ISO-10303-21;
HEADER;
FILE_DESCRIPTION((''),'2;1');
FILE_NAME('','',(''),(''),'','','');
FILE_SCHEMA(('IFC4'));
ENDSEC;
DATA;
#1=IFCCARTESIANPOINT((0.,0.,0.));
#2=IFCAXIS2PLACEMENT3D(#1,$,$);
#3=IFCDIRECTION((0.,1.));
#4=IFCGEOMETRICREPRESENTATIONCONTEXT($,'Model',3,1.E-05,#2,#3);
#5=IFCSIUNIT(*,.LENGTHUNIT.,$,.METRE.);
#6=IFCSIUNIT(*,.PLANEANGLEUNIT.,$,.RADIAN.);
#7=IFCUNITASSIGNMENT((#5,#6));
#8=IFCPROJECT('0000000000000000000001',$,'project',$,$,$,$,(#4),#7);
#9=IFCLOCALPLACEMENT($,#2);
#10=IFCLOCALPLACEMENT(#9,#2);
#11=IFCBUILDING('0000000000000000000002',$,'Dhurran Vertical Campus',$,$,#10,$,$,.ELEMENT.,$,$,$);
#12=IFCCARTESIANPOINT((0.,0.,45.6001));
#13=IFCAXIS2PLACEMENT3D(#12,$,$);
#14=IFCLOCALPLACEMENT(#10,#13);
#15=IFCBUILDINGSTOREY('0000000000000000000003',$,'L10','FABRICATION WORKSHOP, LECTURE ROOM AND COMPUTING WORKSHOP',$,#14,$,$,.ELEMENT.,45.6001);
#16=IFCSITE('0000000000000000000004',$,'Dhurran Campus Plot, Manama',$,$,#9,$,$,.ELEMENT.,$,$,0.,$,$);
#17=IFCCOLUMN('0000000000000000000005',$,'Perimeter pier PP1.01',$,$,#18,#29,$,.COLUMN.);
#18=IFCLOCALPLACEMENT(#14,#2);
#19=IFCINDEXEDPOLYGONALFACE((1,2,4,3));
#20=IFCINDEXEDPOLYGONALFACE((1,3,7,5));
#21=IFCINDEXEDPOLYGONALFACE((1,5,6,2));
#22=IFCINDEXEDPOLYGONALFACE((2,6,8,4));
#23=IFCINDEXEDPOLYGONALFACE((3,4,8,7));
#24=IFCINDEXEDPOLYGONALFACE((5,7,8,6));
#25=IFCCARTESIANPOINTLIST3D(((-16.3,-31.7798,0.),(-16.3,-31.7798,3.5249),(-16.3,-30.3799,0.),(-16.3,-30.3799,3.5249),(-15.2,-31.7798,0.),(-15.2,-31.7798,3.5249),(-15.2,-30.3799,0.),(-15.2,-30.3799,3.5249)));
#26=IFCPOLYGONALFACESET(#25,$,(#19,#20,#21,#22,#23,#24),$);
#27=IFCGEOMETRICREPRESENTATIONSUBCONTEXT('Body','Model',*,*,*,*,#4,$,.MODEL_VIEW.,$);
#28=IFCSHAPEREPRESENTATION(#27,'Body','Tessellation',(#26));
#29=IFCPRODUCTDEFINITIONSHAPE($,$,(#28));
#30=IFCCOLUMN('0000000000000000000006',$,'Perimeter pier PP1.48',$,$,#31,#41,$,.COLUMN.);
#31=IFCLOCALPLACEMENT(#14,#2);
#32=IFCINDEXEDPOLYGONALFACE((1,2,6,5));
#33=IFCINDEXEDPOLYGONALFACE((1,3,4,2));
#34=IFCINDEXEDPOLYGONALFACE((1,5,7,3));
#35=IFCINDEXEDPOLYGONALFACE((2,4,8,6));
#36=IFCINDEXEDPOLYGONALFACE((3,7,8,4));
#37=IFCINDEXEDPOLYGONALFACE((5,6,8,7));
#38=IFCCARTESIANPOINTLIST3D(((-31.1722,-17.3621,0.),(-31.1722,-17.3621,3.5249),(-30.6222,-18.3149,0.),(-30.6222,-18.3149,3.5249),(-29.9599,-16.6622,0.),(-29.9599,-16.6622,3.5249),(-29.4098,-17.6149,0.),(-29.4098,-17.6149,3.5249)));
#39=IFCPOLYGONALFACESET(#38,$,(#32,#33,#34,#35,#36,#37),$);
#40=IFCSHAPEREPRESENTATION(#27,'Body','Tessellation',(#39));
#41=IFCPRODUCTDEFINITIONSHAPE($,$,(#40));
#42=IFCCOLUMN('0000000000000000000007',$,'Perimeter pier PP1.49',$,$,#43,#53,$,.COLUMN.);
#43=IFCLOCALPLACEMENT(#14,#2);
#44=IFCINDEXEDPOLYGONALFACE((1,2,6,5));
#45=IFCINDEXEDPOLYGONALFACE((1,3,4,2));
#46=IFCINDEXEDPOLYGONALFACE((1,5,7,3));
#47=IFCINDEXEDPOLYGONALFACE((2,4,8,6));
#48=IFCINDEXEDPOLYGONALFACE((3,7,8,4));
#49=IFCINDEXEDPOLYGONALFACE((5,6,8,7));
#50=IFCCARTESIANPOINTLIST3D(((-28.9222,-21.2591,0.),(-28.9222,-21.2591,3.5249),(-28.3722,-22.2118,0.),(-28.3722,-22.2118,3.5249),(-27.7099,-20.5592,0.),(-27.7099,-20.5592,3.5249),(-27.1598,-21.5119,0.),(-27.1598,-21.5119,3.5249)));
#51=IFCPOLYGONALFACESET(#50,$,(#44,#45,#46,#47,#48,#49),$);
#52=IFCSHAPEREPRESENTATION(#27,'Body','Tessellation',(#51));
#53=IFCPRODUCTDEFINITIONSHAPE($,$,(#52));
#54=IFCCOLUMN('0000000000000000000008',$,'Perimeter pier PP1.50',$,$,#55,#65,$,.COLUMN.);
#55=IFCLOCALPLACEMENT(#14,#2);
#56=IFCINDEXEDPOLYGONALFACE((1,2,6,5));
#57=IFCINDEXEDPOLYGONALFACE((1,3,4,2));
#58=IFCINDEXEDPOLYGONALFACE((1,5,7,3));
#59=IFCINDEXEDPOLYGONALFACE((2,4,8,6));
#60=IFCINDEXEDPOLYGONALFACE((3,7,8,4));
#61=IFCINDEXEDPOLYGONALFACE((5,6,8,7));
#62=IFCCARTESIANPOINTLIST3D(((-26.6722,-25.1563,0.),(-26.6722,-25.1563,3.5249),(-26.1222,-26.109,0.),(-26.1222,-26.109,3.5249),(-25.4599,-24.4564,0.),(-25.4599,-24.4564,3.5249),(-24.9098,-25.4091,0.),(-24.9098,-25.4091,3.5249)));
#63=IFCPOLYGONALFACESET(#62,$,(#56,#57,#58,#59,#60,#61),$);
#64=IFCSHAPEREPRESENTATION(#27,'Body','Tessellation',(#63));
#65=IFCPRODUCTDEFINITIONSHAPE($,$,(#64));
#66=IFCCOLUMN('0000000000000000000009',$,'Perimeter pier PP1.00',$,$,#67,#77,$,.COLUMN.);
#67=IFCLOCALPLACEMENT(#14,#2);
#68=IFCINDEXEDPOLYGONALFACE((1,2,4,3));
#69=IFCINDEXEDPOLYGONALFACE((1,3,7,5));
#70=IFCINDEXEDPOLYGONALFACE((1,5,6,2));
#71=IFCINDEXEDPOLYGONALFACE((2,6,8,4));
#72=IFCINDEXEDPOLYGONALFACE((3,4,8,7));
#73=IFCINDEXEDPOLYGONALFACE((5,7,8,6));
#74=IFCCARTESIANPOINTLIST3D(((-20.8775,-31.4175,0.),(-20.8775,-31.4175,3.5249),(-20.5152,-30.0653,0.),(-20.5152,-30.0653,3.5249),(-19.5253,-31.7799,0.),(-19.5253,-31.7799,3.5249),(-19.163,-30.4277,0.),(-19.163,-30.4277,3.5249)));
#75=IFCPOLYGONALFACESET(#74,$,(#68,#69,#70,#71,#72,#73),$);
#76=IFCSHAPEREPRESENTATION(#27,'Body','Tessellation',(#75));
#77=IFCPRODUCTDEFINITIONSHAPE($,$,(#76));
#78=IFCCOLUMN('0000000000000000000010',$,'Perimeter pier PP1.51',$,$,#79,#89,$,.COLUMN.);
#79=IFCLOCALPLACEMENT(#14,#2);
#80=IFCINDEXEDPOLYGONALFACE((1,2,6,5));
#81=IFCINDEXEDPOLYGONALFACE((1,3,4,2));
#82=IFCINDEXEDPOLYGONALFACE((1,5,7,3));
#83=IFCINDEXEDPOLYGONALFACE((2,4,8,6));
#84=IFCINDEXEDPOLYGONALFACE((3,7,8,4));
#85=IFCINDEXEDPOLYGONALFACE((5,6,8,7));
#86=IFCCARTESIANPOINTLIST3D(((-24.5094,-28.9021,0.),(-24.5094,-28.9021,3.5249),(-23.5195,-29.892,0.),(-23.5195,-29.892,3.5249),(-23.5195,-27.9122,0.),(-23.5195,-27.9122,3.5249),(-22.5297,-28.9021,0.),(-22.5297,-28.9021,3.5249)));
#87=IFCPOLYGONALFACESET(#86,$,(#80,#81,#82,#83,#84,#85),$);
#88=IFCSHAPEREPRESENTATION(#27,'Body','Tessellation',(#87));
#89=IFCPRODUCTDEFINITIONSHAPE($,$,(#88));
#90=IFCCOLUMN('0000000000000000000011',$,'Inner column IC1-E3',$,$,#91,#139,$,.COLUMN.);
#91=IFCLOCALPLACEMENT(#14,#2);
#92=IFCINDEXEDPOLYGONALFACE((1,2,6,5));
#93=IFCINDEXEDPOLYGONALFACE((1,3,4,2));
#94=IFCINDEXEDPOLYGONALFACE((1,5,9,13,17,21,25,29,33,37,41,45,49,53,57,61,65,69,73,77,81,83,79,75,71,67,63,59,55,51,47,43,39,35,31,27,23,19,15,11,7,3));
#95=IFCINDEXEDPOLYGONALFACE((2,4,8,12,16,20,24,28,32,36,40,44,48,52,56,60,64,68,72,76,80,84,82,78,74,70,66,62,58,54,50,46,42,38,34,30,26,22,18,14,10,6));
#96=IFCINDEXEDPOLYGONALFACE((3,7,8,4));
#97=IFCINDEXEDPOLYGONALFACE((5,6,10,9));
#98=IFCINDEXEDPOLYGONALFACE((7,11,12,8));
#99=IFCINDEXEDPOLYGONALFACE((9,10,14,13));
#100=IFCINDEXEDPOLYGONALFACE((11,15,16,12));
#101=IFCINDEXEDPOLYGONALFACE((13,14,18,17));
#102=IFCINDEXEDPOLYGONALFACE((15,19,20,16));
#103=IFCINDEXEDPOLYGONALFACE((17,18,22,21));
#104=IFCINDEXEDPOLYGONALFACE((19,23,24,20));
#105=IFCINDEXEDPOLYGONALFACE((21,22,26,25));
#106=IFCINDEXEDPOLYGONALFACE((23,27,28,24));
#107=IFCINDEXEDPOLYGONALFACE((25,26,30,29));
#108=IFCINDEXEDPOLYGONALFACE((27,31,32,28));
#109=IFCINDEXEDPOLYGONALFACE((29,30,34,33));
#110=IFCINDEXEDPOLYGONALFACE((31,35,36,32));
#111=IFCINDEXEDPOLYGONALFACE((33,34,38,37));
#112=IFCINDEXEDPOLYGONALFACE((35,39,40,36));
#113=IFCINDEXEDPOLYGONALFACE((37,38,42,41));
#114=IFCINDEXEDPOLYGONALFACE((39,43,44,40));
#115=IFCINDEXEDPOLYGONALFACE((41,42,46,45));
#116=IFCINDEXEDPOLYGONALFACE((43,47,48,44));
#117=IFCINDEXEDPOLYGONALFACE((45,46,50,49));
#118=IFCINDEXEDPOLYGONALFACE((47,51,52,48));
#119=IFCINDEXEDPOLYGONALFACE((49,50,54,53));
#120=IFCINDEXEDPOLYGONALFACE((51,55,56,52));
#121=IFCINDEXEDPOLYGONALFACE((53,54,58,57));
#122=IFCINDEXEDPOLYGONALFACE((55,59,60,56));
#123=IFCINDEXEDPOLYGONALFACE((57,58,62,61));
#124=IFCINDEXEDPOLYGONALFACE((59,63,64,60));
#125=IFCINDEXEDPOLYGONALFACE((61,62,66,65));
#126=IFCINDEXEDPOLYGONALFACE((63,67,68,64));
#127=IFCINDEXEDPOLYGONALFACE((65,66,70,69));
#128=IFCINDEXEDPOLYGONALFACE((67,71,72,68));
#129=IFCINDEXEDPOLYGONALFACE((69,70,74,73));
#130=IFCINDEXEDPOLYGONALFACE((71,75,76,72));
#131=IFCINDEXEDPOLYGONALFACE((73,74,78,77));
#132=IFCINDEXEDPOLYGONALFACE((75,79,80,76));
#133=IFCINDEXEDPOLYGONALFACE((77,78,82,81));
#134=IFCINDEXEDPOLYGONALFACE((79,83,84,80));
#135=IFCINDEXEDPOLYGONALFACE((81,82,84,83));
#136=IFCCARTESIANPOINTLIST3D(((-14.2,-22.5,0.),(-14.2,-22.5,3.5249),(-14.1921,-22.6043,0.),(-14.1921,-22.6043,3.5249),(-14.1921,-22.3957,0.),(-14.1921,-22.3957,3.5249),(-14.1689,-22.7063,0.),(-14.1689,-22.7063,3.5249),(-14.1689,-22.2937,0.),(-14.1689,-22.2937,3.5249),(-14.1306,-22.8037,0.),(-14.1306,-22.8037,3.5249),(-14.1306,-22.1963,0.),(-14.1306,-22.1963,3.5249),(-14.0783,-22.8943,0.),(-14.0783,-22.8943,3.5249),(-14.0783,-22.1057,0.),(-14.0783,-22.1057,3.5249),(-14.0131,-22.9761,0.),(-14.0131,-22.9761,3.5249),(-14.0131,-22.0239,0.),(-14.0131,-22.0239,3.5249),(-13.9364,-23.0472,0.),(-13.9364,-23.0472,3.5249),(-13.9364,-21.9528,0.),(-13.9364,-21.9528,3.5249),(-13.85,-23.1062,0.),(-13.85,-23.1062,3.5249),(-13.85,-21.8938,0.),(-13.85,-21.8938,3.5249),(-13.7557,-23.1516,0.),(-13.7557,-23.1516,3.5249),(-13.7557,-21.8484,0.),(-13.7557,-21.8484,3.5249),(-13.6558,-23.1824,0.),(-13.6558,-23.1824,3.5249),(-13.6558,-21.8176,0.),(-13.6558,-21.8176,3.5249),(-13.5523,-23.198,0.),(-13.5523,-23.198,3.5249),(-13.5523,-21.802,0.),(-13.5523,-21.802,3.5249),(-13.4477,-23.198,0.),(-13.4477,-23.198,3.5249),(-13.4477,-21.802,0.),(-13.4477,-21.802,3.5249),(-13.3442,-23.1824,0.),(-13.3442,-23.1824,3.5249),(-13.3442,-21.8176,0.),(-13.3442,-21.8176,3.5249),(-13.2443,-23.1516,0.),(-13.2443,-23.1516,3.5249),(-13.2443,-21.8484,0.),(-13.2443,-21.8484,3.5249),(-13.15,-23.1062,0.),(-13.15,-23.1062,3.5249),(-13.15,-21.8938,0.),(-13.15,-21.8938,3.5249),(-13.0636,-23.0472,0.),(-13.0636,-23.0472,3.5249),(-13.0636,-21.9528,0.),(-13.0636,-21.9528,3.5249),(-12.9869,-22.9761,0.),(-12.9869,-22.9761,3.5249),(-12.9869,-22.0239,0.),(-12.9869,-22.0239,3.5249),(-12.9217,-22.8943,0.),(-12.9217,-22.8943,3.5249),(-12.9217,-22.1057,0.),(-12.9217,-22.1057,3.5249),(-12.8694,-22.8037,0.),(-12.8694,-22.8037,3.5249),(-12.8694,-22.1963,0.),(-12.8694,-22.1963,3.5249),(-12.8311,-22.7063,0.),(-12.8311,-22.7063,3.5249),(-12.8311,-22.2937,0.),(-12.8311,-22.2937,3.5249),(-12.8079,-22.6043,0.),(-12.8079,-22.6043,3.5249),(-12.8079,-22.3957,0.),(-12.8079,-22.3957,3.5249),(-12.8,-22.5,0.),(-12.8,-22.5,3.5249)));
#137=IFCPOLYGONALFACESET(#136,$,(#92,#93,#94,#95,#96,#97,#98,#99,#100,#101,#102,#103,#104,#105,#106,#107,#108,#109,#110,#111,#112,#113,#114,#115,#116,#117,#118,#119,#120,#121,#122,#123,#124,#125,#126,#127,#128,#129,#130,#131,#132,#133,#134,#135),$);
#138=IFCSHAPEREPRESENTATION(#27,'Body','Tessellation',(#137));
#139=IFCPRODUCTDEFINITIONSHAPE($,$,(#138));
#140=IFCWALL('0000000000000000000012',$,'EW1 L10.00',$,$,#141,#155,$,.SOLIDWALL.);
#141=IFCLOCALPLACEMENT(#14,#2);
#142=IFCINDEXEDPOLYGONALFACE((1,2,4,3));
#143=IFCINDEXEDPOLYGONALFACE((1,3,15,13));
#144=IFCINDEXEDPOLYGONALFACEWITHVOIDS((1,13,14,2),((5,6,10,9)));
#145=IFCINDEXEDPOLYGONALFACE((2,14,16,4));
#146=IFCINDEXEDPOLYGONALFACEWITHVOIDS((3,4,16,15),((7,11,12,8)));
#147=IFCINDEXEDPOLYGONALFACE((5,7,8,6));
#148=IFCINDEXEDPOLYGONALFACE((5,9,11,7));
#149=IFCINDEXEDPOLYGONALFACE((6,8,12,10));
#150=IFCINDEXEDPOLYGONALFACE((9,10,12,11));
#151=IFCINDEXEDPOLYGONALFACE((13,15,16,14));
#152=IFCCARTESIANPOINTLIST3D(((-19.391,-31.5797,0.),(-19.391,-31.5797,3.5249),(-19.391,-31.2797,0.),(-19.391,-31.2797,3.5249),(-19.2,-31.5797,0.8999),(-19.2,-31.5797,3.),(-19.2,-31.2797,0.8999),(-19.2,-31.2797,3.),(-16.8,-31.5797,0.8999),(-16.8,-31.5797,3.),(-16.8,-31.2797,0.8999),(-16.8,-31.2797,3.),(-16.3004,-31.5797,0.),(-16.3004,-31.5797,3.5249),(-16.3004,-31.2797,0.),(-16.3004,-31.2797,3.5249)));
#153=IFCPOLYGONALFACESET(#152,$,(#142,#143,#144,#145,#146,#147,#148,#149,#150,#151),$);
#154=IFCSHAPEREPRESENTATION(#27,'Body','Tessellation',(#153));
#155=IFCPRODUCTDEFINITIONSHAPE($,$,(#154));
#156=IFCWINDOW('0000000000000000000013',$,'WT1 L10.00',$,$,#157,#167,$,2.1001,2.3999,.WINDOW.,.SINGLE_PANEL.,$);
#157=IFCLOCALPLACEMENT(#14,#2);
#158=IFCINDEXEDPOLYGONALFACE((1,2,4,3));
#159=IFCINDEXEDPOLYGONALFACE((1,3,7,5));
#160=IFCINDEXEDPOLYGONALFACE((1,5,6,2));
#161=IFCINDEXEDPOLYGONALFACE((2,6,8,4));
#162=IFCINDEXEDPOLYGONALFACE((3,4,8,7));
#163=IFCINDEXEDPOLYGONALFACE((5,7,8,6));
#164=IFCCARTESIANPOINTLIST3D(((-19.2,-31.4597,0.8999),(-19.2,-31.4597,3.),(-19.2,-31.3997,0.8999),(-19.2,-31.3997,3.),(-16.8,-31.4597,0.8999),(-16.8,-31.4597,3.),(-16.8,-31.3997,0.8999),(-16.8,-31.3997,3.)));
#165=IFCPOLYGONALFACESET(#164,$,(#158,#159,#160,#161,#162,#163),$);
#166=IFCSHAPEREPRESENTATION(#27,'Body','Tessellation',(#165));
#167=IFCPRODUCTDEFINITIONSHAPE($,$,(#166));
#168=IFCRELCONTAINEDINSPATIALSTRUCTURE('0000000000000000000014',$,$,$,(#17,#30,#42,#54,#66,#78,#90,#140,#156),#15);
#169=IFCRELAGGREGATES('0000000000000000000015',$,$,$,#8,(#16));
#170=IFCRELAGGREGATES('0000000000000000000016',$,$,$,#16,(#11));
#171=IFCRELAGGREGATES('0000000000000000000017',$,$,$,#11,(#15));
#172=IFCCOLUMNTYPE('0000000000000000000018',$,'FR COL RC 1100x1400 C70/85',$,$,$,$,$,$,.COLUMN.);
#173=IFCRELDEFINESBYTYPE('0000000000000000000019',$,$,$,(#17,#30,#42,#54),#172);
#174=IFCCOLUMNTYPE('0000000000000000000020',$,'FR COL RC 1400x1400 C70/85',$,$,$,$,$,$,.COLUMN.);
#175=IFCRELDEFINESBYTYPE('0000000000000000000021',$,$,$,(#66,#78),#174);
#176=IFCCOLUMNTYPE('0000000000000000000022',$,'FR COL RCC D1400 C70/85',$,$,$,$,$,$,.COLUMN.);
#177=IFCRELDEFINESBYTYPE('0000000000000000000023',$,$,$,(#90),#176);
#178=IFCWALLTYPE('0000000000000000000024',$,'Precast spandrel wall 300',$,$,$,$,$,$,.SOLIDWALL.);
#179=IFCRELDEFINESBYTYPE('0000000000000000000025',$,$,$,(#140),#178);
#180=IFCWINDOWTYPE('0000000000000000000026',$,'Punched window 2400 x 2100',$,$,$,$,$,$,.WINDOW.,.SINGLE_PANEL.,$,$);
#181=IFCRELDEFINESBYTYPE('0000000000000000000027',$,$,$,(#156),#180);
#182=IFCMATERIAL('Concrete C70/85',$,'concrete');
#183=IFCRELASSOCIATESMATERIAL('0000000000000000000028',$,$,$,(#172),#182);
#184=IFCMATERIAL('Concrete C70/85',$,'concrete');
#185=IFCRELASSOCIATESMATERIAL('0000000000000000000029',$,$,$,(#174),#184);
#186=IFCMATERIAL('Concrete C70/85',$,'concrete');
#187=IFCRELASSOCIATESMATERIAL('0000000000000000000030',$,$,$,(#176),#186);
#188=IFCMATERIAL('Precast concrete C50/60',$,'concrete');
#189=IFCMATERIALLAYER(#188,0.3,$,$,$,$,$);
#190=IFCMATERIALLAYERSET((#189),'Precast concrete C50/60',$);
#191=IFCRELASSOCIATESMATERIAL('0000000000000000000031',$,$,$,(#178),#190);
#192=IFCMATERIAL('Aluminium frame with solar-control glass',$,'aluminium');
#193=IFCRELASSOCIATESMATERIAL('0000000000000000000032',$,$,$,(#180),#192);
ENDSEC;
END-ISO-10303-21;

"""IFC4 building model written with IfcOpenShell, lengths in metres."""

from ifc_helpers import new_model, si_unit, direction, frame, frame_2d, origin, origin_2d, place, context, subcontext, project, spatial, rectangle, circle, extrude, material, layer, layer_set, material_profile, profile_set, type_object, element, fill, save


model = new_model("IFC4")

# Units and contexts
model_context = context("Model", 3, precision=1e-05, world=origin(), true_north=direction((0.0, 1.0)))
body_context = subcontext(model_context, "Body", "Model", "MODEL_VIEW")
ifc_project = project(units=[si_unit("LENGTHUNIT", "METRE"), si_unit("PLANEANGLEUNIT", "RADIAN")], contexts=[model_context])

# Site, building, storey
site_placement = place(None, origin())
site = spatial("IfcSite", under=ifc_project, at=site_placement, Name="Dhurran Campus Plot, Manama", CompositionType="ELEMENT", RefElevation=0.0)
building_placement = place(site_placement, origin())
building = spatial("IfcBuilding", under=site, at=building_placement, Name="Dhurran Vertical Campus", CompositionType="ELEMENT")
storey_placement = place(building_placement, frame((0.0, 0.0, 45.6001)))
storey = spatial("IfcBuildingStorey", under=building, at=storey_placement, Name="L10", Description="FABRICATION WORKSHOP, LECTURE ROOM AND COMPUTING WORKSHOP", CompositionType="ELEMENT", Elevation=45.6001)

# Columns
ifc_material_1 = material(Name="Concrete C70/85", Category="concrete")
ifc_material_profile_1 = material_profile(ifc_material_1, rectangle(XDim=1.1001, YDim=1.3999, at=origin_2d()), Name="RC 1100x1400")
ifc_profile_set_1 = profile_set([ifc_material_profile_1], Name="Concrete C70/85")
column_type_1 = type_object("IfcColumnType", Name="FR COL RC 1100x1400 C70/85", PredefinedType="COLUMN", material=ifc_profile_set_1)
for number, where, z_axis, x_axis, name in (
    (1, (-15.75, -31.0798, 0.0), (0.0, 0.0, 1.0), (1.0, 0.0, 0.0), "Perimeter pier PP1.01"),
    (2, (-30.291, -17.4885, 0.0), (0.0, 0.0, 1.0), (0.5, -0.866025, 0.0), "Perimeter pier PP1.48"),
    (3, (-28.041, -21.3855, 0.0), (0.0, 0.0, 1.0), (0.5, -0.866025, 0.0), "Perimeter pier PP1.49"),
    (4, (-25.791, -25.2827, 0.0), (0.0, 0.0, 1.0), (0.5, -0.866025, 0.0), "Perimeter pier PP1.50"),
):
    element("IfcColumn", number, at=place(storey_placement, frame(where, z_axis=z_axis, x_axis=x_axis)), inside=storey, type_object=column_type_1, Name=name, PredefinedType="COLUMN", context=body_context, shape_type="SweptSolid", body=[
        extrude(rectangle(XDim=1.1001, YDim=1.3999, at=origin_2d()), origin(), (0.0, 0.0, 1.0), 3.5249),
    ])
ifc_material_2 = material(Name="Concrete C70/85", Category="concrete")
ifc_material_profile_2 = material_profile(ifc_material_2, rectangle(XDim=1.3999, YDim=1.3999, at=origin_2d()), Name="RC 1400x1400")
ifc_profile_set_2 = profile_set([ifc_material_profile_2], Name="Concrete C70/85")
column_type_2 = type_object("IfcColumnType", Name="FR COL RC 1400x1400 C70/85", PredefinedType="COLUMN", material=ifc_profile_set_2)
for number, where, z_axis, x_axis, name in (
    (5, (-20.0203, -30.9226, 0.0), (0.0, 0.0, 1.0), (0.965926, -0.258819, 0.0), "Perimeter pier PP1.00"),
    (6, (-23.5195, -28.9021, 0.0), (0.0, 0.0, 1.0), (0.707107, -0.707107, 0.0), "Perimeter pier PP1.51"),
):
    element("IfcColumn", number, at=place(storey_placement, frame(where, z_axis=z_axis, x_axis=x_axis)), inside=storey, type_object=column_type_2, Name=name, PredefinedType="COLUMN", context=body_context, shape_type="SweptSolid", body=[
        extrude(rectangle(XDim=1.3999, YDim=1.3999, at=origin_2d()), origin(), (0.0, 0.0, 1.0), 3.5249),
    ])
ifc_material_3 = material(Name="Concrete C70/85", Category="concrete")
ifc_material_profile_3 = material_profile(ifc_material_3, circle(Radius=0.7, at=origin_2d()), Name="RCC D1400")
ifc_profile_set_3 = profile_set([ifc_material_profile_3], Name="Concrete C70/85")
column_type_3 = type_object("IfcColumnType", Name="FR COL RCC D1400 C70/85", PredefinedType="COLUMN", material=ifc_profile_set_3)
column_placement = place(storey_placement, frame((-13.5, -22.5, 0.0), z_axis=(0.0, 0.0, 1.0), x_axis=(1.0, 0.0, 0.0)))
element("IfcColumn", 7, at=column_placement, inside=storey, type_object=column_type_3, Name="Inner column IC1-E3", PredefinedType="COLUMN", context=body_context, shape_type="SweptSolid", body=[
    extrude(circle(Radius=0.7, at=origin_2d()), origin(), (0.0, 0.0, 1.0), 3.5249),
])

# Wall, opening, window
ifc_material_4 = material(Name="Precast concrete C50/60", Category="concrete")
ifc_layer_1 = layer(ifc_material_4, 0.3)
ifc_layer_set_1 = layer_set([ifc_layer_1], Name="Precast concrete C50/60")
wall_type_1 = type_object("IfcWallType", Name="Precast spandrel wall 300", PredefinedType="SOLIDWALL", material=ifc_layer_set_1)
wall_1_placement = place(storey_placement, frame((-19.3911, -31.4297, 0.0), z_axis=(0.0, 0.0, 1.0), x_axis=(1.0, 0.0, 0.0)))
wall_1 = element("IfcWall", 8, at=wall_1_placement, inside=storey, type_object=wall_type_1, Name="EW1 L10.00", PredefinedType="SOLIDWALL", context=body_context, shape_type="SweptSolid", body=[
    extrude(rectangle(XDim=3.0906, YDim=0.3, at=frame_2d((1.5454, 0.0))), origin(), (0.0, 0.0, 1.0), 3.5249),
])
opening_1_placement = place(wall_1_placement, frame((0.1912, 0.0, 0.8999)))
opening_1 = element("IfcOpeningElement", 9, at=opening_1_placement, cuts=wall_1, PredefinedType="OPENING", context=body_context, shape_type="SweptSolid", body=[
    extrude(rectangle(XDim=2.3999, YDim=2.1001, at=frame_2d((1.2, 1.05))), frame((0.0, 0.1599, 0.0), z_axis=(0.0, -1.0, 0.0), x_axis=(1.0, 0.0, 0.0)), (0.0, 0.0, 1.0), 0.3201),
])
ifc_material_5 = material(Name="Aluminium frame with solar-control glass", Category="aluminium")
window_type = type_object("IfcWindowType", Name="Punched window 2400 x 2100", PartitioningType="SINGLE_PANEL", PredefinedType="WINDOW", material=ifc_material_5)
window_1_placement = place(opening_1_placement, origin())
window_1 = element("IfcWindow", 10, at=window_1_placement, inside=storey, type_object=window_type, Name="WT1 L10.00", OverallHeight=2.1001, OverallWidth=2.3999, PartitioningType="SINGLE_PANEL", PredefinedType="WINDOW", context=body_context, shape_type="SweptSolid", body=[
    extrude(rectangle(XDim=2.3999, YDim=2.1001, at=frame_2d((1.2, 1.05))), frame((0.0, 0.03, 0.0), z_axis=(0.0, -1.0, 0.0), x_axis=(1.0, 0.0, 0.0)), (0.0, 0.0, 1.0), 0.0601),
])
fill(opening_1, window_1)

save(model, "model.ifc")
